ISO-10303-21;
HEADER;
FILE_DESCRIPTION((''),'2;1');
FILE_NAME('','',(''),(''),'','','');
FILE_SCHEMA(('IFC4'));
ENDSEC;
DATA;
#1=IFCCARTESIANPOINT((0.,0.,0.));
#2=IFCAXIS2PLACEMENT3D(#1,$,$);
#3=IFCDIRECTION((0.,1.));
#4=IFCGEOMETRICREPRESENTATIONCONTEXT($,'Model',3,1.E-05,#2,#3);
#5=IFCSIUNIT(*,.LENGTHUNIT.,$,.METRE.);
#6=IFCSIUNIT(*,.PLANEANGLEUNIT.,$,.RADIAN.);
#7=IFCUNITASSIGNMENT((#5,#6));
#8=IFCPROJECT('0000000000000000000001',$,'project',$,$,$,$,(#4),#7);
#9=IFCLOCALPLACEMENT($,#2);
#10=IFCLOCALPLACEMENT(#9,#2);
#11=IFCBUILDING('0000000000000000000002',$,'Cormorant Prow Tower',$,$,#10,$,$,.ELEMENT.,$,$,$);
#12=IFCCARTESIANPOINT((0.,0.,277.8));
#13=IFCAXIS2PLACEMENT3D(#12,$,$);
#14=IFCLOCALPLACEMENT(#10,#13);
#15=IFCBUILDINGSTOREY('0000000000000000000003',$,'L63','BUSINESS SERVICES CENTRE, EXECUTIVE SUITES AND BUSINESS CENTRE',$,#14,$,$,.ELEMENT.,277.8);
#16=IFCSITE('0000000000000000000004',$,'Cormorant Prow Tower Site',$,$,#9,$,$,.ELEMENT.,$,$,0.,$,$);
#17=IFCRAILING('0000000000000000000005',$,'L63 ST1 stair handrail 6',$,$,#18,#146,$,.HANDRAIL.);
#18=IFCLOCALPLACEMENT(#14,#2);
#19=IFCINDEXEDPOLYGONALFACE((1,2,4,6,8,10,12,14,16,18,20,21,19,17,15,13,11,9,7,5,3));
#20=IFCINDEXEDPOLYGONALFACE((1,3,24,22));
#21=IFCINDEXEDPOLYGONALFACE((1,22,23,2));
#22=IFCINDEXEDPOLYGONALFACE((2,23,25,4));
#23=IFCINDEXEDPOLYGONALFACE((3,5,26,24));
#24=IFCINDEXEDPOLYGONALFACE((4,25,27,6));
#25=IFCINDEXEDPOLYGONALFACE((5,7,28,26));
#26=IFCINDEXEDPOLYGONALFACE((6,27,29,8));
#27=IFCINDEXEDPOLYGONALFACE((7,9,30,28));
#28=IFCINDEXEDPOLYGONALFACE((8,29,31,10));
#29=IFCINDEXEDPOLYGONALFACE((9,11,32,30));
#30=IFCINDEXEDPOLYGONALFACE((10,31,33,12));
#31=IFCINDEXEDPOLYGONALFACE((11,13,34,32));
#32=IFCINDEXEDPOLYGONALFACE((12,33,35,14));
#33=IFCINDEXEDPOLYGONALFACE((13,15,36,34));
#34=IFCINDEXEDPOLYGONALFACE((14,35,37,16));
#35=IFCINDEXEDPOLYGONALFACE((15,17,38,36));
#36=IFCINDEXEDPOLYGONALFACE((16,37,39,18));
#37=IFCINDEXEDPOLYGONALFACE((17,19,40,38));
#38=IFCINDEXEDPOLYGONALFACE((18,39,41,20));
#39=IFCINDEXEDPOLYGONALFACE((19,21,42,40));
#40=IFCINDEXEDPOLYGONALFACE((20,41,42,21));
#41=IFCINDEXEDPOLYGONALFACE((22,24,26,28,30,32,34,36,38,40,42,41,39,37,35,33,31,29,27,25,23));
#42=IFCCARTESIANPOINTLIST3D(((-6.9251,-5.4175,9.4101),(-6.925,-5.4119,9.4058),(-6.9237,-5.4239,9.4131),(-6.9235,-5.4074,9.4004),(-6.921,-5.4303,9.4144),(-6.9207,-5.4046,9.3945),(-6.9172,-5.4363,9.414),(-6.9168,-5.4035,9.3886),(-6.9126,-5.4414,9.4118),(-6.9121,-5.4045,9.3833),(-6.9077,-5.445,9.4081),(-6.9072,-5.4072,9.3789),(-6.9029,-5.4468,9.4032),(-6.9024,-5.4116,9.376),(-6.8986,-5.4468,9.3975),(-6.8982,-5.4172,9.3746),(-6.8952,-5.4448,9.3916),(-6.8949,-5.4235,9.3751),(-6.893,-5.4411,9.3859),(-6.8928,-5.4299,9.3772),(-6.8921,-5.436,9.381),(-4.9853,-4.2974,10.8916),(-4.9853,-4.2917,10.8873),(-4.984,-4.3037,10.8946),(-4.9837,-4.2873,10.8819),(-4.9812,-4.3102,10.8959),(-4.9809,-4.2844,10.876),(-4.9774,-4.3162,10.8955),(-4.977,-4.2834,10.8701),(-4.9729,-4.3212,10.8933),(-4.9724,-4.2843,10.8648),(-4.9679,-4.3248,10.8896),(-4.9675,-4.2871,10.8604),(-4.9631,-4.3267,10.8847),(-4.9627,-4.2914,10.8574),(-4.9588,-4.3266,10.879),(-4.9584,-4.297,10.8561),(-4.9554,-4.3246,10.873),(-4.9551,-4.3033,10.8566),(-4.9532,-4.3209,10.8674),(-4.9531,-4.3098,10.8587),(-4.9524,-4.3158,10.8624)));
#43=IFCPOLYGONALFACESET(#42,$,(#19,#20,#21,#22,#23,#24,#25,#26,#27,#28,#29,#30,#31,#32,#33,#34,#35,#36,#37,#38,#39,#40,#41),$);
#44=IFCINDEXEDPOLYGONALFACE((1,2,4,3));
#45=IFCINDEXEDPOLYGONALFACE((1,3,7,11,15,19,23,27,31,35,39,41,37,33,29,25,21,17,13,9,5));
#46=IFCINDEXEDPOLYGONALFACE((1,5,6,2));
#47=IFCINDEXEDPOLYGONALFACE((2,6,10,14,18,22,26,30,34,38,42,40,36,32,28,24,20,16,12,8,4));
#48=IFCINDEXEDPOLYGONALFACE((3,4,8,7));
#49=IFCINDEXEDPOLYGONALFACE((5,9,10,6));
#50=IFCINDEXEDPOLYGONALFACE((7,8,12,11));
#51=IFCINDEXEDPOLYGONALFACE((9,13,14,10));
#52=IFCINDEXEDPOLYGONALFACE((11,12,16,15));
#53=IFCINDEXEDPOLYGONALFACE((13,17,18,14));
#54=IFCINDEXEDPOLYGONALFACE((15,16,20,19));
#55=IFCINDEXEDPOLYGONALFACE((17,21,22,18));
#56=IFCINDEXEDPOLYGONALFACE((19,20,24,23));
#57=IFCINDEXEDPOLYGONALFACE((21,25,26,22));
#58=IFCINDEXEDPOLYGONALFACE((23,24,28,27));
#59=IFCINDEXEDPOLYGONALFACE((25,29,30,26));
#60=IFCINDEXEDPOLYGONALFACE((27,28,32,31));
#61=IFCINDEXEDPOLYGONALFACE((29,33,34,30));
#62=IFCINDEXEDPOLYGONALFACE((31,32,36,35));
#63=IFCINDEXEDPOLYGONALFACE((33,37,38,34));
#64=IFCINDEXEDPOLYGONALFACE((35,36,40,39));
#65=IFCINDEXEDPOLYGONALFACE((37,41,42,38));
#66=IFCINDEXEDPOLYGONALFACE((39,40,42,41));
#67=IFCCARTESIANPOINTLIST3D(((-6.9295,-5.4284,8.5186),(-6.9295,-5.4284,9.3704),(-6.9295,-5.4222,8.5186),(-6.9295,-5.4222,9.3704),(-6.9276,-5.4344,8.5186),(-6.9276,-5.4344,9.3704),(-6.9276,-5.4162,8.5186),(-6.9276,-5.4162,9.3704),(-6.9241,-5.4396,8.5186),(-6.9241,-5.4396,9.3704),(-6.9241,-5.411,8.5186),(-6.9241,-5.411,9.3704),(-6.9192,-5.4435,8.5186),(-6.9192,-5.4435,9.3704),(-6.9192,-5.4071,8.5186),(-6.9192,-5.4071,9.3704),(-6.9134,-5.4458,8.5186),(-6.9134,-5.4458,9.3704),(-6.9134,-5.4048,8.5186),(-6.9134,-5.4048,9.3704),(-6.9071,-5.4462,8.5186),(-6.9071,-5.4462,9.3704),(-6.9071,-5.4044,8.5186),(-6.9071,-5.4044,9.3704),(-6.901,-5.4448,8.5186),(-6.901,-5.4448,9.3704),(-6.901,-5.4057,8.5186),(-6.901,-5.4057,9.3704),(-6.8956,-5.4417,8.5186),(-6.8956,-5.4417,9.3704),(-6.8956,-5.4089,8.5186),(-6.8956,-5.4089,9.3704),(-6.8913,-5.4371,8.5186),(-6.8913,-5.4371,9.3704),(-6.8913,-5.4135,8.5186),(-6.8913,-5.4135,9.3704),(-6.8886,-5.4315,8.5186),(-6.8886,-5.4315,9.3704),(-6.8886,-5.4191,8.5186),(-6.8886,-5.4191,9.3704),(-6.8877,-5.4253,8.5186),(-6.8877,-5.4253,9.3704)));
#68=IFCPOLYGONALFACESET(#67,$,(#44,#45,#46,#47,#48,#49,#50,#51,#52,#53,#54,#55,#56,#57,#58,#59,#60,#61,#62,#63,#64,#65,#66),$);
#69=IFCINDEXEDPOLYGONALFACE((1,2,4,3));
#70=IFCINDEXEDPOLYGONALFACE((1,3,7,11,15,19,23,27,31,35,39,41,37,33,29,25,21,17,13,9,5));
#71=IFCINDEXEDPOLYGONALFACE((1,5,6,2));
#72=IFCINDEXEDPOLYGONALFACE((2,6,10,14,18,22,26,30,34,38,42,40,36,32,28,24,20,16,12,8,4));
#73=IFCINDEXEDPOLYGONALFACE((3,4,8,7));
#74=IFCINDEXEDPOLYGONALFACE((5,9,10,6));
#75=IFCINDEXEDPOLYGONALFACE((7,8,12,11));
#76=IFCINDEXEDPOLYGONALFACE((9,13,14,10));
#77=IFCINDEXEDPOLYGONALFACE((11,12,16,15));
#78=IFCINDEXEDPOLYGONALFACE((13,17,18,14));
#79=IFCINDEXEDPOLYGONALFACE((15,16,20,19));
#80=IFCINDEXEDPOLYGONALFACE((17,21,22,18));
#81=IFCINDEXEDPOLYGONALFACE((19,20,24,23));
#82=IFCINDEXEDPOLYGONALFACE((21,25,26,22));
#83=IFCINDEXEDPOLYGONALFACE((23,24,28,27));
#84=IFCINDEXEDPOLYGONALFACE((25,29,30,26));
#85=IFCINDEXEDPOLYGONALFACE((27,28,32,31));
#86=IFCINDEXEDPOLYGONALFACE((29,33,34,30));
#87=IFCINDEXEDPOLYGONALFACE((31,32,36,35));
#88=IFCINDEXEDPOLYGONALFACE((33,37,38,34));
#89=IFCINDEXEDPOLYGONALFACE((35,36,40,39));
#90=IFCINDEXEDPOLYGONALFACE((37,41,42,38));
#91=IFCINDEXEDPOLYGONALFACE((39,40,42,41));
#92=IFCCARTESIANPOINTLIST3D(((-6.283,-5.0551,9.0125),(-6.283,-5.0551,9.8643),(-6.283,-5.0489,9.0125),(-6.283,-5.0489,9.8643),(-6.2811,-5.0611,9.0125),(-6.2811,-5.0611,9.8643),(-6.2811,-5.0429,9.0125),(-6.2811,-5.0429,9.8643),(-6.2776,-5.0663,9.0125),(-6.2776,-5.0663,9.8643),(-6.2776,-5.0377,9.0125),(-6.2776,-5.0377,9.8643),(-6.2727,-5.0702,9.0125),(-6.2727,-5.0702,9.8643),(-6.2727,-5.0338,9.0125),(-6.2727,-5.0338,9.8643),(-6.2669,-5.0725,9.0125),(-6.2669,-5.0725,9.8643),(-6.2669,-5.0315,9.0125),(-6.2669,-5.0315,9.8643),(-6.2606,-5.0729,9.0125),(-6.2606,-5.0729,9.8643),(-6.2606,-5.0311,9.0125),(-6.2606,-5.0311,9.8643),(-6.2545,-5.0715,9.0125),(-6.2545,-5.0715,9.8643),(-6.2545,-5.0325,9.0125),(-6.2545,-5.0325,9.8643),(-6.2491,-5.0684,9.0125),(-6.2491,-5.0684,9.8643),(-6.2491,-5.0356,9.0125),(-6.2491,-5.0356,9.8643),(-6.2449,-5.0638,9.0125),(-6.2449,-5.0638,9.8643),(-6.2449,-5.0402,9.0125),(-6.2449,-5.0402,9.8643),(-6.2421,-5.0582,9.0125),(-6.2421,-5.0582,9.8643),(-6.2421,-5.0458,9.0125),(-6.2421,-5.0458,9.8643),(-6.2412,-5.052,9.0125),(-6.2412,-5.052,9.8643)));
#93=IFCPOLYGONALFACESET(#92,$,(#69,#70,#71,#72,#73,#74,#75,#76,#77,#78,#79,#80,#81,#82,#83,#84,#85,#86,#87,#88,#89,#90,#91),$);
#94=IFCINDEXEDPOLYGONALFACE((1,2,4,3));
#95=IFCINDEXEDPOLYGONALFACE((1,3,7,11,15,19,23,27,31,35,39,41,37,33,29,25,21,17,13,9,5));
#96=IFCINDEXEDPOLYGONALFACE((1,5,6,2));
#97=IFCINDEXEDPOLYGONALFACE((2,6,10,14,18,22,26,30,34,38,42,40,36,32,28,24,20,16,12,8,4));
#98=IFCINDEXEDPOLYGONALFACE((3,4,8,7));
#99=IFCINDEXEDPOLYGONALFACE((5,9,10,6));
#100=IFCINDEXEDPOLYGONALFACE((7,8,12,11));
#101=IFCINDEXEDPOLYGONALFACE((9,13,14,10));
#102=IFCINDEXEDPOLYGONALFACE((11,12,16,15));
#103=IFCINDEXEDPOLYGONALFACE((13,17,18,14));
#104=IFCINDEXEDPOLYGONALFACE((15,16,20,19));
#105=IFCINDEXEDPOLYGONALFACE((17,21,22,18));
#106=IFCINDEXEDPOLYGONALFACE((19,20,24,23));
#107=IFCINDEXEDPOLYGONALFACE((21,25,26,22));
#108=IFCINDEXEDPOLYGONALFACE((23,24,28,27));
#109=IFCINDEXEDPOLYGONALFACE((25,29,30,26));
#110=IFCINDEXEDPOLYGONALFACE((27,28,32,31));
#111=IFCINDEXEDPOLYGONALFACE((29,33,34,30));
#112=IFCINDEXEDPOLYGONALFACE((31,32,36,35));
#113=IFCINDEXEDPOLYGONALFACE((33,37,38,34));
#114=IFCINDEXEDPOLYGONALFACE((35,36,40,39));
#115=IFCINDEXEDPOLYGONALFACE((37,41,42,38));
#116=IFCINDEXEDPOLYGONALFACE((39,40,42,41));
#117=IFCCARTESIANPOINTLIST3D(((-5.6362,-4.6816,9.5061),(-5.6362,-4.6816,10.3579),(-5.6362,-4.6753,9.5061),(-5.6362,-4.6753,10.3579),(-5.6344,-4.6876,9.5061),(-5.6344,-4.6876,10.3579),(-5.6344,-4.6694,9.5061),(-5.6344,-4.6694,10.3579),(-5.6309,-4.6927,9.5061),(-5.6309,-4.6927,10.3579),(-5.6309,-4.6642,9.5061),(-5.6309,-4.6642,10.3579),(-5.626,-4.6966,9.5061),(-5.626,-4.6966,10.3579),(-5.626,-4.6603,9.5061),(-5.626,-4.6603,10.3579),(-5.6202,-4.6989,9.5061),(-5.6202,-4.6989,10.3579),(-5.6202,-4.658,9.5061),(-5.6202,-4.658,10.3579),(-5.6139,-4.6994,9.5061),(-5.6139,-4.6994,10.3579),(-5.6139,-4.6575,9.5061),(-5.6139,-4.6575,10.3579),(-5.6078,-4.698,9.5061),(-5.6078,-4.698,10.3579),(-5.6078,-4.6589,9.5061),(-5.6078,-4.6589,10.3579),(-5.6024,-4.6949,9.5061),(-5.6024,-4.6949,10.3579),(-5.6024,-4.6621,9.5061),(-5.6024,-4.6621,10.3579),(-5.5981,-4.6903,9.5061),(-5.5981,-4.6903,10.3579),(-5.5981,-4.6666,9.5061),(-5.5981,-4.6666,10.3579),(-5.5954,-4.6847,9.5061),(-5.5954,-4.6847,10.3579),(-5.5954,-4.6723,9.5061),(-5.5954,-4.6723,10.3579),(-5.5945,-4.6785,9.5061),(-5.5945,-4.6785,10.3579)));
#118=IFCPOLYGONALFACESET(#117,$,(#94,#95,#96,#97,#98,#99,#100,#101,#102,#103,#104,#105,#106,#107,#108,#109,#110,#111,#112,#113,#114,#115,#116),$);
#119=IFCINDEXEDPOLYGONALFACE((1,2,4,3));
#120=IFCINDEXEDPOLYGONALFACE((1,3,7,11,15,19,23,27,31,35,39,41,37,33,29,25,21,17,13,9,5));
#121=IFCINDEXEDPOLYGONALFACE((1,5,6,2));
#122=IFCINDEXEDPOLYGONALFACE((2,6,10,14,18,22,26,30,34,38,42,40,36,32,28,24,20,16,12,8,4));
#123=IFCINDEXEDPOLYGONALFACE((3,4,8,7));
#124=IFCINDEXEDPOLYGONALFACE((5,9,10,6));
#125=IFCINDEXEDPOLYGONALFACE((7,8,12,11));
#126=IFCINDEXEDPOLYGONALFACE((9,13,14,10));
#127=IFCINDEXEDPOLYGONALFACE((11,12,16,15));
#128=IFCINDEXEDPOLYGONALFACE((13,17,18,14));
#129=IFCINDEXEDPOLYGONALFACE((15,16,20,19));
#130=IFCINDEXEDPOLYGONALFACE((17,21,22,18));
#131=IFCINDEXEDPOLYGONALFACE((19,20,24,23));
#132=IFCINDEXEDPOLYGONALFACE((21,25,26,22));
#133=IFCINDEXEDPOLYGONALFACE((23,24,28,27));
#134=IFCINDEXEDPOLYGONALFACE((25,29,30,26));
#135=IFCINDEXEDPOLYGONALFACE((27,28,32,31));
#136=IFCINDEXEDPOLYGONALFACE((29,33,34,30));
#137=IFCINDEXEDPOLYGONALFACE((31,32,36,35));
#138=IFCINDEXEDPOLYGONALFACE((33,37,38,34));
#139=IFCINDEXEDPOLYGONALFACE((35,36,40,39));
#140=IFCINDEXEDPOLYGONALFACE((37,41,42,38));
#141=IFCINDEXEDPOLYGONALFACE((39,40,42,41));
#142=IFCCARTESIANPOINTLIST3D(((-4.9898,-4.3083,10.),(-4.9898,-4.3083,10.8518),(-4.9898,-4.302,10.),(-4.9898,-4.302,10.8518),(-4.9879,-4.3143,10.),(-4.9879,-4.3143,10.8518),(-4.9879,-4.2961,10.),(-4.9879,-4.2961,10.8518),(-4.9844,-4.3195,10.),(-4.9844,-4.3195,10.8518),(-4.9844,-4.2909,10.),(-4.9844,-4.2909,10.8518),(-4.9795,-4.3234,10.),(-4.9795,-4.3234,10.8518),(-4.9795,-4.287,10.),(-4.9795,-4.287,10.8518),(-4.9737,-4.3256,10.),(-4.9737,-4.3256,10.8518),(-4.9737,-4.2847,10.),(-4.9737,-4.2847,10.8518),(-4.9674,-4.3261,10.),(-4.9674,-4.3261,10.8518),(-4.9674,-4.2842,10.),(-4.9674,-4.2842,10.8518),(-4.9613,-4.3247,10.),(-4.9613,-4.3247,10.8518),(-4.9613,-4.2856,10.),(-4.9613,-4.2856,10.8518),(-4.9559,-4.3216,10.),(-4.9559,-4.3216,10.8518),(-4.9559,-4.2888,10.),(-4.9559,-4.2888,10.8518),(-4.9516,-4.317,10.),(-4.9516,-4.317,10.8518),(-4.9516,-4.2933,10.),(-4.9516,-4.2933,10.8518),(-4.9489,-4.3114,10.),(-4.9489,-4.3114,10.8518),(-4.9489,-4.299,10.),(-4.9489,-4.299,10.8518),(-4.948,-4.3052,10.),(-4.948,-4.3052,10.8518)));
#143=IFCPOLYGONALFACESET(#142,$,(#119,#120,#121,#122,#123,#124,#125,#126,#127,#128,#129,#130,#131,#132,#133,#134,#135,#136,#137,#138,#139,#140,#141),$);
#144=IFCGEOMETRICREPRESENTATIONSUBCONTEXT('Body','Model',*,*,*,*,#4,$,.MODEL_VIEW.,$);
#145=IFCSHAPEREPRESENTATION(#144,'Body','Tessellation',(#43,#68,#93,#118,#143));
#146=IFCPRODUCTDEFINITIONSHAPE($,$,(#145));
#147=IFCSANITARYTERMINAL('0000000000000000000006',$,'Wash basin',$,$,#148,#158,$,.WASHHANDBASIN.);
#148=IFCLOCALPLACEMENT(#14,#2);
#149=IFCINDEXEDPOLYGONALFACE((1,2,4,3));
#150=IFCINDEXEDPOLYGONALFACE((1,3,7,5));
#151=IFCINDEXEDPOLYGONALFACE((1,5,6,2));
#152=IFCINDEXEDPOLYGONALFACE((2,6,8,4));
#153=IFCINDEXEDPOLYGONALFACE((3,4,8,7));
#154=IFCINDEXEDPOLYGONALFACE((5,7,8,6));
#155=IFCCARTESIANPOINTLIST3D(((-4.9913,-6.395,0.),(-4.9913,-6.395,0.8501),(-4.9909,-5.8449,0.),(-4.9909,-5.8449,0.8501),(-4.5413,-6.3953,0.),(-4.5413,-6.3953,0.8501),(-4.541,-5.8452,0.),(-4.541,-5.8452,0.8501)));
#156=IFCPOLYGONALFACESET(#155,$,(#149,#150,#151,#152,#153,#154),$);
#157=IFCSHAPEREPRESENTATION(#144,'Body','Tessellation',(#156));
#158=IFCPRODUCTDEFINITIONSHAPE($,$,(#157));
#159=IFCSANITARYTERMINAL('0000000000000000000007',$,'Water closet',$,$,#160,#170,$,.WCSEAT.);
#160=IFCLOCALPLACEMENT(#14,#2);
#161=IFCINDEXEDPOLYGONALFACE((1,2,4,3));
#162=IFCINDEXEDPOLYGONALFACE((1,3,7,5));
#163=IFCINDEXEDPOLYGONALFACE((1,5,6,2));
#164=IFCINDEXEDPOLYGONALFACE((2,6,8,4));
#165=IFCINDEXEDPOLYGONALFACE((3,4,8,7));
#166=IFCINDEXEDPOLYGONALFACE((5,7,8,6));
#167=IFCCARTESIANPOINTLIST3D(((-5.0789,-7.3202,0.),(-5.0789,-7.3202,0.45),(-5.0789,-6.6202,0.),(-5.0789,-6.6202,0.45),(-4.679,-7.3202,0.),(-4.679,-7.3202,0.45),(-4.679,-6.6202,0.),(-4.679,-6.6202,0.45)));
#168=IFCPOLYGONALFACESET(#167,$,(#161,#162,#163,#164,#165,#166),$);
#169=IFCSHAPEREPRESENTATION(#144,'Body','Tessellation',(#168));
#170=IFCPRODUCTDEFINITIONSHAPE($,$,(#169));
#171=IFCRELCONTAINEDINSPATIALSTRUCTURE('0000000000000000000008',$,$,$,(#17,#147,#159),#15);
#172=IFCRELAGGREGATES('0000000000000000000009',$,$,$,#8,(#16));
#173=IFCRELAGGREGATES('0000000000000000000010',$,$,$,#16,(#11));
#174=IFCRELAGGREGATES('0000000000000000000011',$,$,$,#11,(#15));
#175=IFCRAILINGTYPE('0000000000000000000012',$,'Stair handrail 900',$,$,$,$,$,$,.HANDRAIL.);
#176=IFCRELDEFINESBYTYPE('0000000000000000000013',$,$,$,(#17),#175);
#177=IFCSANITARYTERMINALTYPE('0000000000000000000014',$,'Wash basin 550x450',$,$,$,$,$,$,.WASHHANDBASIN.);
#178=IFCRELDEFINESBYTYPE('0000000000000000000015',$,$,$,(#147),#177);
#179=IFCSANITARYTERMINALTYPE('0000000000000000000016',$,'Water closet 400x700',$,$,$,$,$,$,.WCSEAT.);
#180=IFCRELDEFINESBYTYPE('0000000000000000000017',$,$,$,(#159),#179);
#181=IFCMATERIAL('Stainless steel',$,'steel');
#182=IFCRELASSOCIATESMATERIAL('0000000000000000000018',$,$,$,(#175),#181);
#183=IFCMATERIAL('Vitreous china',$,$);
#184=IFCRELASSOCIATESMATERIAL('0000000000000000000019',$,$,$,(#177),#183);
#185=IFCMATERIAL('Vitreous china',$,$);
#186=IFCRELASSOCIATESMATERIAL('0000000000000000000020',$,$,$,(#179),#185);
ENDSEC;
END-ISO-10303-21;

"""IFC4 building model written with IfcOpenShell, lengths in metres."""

from ifc_helpers import new_model, si_unit, direction, frame, origin, origin_2d, place, context, subcontext, project, spatial, rectangle, circle, extrude, material, type_object, element, save


model = new_model("IFC4")

# Units and contexts
model_context = context("Model", 3, precision=1e-05, world=origin(), true_north=direction((0.0, 1.0)))
body_context = subcontext(model_context, "Body", "Model", "MODEL_VIEW")
ifc_project = project(units=[si_unit("LENGTHUNIT", "METRE"), si_unit("PLANEANGLEUNIT", "RADIAN")], contexts=[model_context])

# Site, building, storey
site_placement = place(None, origin())
site = spatial("IfcSite", under=ifc_project, at=site_placement, Name="Cormorant Prow Tower Site", CompositionType="ELEMENT", RefElevation=0.0)
building_placement = place(site_placement, origin())
building = spatial("IfcBuilding", under=site, at=building_placement, Name="Cormorant Prow Tower", CompositionType="ELEMENT")
storey_placement = place(building_placement, frame((0.0, 0.0, 277.8)))
storey = spatial("IfcBuildingStorey", under=building, at=storey_placement, Name="L63", Description="BUSINESS SERVICES CENTRE, EXECUTIVE SUITES AND BUSINESS CENTRE", CompositionType="ELEMENT", Elevation=277.8)

# Railing
ifc_material_1 = material(Name="Stainless steel", Category="steel")
railing_type_1 = type_object("IfcRailingType", Name="Stair handrail 900", PredefinedType="HANDRAIL", material=ifc_material_1)
for number, where, name in (
    (1, (-6.9087, -5.4253, 8.5186), "L63 ST1 stair handrail 6"),
):
    element("IfcRailing", number, at=place(storey_placement, frame(where)), inside=storey, type_object=railing_type_1, Name=name, PredefinedType="HANDRAIL", context=body_context, shape_type="SweptSolid", body=[
        extrude(circle(Radius=0.0239, at=origin_2d()), frame((0.0, 0.0, 0.876), z_axis=(0.722292, 0.417102, 0.551651), x_axis=(-0.500078, 0.86598, 0.0)), (0.0, 0.0, 1.0), 2.6855),
        extrude(circle(Radius=0.021, at=origin_2d()), origin(), (0.0, 0.0, 1.0), 0.8518),
        extrude(circle(Radius=0.021, at=origin_2d()), frame((0.6465, 0.3733, 0.4939)), (0.0, 0.0, 1.0), 0.8518),
        extrude(circle(Radius=0.021, at=origin_2d()), frame((1.2932, 0.7468, 0.9875)), (0.0, 0.0, 1.0), 0.8518),
        extrude(circle(Radius=0.021, at=origin_2d()), frame((1.9397, 1.1201, 1.4814)), (0.0, 0.0, 1.0), 0.8518),
    ])

# Sanitary terminals
ifc_material_2 = material(Name="Vitreous china")
sanitary_terminal_type_1 = type_object("IfcSanitaryTerminalType", Name="Wash basin 550x450", PredefinedType="WASHHANDBASIN", material=ifc_material_2)
sanitary_terminal_1_placement = place(storey_placement, frame((-4.7661, -6.1201, 0.0), z_axis=(0.0, 0.0, 1.0), x_axis=(0.000663, 1.0, 0.0)))
element("IfcSanitaryTerminal", 2, at=sanitary_terminal_1_placement, inside=storey, type_object=sanitary_terminal_type_1, Name="Wash basin", PredefinedType="WASHHANDBASIN", context=body_context, shape_type="SweptSolid", body=[
    extrude(rectangle(XDim=0.55, YDim=0.45, at=origin_2d()), origin(), (0.0, 0.0, 1.0), 0.8501),
])
ifc_material_3 = material(Name="Vitreous china")
sanitary_terminal_type_2 = type_object("IfcSanitaryTerminalType", Name="Water closet 400x700", PredefinedType="WCSEAT", material=ifc_material_3)
sanitary_terminal_2_placement = place(storey_placement, frame((-4.8789, -6.9702, 0.0), z_axis=(0.0, 0.0, 1.0), x_axis=(1.0, 0.0, 0.0)))
element("IfcSanitaryTerminal", 3, at=sanitary_terminal_2_placement, inside=storey, type_object=sanitary_terminal_type_2, Name="Water closet", PredefinedType="WCSEAT", context=body_context, shape_type="SweptSolid", body=[
    extrude(rectangle(XDim=0.3999, YDim=0.7, at=origin_2d()), origin(), (0.0, 0.0, 1.0), 0.45),
])

save(model, "model.ifc")
